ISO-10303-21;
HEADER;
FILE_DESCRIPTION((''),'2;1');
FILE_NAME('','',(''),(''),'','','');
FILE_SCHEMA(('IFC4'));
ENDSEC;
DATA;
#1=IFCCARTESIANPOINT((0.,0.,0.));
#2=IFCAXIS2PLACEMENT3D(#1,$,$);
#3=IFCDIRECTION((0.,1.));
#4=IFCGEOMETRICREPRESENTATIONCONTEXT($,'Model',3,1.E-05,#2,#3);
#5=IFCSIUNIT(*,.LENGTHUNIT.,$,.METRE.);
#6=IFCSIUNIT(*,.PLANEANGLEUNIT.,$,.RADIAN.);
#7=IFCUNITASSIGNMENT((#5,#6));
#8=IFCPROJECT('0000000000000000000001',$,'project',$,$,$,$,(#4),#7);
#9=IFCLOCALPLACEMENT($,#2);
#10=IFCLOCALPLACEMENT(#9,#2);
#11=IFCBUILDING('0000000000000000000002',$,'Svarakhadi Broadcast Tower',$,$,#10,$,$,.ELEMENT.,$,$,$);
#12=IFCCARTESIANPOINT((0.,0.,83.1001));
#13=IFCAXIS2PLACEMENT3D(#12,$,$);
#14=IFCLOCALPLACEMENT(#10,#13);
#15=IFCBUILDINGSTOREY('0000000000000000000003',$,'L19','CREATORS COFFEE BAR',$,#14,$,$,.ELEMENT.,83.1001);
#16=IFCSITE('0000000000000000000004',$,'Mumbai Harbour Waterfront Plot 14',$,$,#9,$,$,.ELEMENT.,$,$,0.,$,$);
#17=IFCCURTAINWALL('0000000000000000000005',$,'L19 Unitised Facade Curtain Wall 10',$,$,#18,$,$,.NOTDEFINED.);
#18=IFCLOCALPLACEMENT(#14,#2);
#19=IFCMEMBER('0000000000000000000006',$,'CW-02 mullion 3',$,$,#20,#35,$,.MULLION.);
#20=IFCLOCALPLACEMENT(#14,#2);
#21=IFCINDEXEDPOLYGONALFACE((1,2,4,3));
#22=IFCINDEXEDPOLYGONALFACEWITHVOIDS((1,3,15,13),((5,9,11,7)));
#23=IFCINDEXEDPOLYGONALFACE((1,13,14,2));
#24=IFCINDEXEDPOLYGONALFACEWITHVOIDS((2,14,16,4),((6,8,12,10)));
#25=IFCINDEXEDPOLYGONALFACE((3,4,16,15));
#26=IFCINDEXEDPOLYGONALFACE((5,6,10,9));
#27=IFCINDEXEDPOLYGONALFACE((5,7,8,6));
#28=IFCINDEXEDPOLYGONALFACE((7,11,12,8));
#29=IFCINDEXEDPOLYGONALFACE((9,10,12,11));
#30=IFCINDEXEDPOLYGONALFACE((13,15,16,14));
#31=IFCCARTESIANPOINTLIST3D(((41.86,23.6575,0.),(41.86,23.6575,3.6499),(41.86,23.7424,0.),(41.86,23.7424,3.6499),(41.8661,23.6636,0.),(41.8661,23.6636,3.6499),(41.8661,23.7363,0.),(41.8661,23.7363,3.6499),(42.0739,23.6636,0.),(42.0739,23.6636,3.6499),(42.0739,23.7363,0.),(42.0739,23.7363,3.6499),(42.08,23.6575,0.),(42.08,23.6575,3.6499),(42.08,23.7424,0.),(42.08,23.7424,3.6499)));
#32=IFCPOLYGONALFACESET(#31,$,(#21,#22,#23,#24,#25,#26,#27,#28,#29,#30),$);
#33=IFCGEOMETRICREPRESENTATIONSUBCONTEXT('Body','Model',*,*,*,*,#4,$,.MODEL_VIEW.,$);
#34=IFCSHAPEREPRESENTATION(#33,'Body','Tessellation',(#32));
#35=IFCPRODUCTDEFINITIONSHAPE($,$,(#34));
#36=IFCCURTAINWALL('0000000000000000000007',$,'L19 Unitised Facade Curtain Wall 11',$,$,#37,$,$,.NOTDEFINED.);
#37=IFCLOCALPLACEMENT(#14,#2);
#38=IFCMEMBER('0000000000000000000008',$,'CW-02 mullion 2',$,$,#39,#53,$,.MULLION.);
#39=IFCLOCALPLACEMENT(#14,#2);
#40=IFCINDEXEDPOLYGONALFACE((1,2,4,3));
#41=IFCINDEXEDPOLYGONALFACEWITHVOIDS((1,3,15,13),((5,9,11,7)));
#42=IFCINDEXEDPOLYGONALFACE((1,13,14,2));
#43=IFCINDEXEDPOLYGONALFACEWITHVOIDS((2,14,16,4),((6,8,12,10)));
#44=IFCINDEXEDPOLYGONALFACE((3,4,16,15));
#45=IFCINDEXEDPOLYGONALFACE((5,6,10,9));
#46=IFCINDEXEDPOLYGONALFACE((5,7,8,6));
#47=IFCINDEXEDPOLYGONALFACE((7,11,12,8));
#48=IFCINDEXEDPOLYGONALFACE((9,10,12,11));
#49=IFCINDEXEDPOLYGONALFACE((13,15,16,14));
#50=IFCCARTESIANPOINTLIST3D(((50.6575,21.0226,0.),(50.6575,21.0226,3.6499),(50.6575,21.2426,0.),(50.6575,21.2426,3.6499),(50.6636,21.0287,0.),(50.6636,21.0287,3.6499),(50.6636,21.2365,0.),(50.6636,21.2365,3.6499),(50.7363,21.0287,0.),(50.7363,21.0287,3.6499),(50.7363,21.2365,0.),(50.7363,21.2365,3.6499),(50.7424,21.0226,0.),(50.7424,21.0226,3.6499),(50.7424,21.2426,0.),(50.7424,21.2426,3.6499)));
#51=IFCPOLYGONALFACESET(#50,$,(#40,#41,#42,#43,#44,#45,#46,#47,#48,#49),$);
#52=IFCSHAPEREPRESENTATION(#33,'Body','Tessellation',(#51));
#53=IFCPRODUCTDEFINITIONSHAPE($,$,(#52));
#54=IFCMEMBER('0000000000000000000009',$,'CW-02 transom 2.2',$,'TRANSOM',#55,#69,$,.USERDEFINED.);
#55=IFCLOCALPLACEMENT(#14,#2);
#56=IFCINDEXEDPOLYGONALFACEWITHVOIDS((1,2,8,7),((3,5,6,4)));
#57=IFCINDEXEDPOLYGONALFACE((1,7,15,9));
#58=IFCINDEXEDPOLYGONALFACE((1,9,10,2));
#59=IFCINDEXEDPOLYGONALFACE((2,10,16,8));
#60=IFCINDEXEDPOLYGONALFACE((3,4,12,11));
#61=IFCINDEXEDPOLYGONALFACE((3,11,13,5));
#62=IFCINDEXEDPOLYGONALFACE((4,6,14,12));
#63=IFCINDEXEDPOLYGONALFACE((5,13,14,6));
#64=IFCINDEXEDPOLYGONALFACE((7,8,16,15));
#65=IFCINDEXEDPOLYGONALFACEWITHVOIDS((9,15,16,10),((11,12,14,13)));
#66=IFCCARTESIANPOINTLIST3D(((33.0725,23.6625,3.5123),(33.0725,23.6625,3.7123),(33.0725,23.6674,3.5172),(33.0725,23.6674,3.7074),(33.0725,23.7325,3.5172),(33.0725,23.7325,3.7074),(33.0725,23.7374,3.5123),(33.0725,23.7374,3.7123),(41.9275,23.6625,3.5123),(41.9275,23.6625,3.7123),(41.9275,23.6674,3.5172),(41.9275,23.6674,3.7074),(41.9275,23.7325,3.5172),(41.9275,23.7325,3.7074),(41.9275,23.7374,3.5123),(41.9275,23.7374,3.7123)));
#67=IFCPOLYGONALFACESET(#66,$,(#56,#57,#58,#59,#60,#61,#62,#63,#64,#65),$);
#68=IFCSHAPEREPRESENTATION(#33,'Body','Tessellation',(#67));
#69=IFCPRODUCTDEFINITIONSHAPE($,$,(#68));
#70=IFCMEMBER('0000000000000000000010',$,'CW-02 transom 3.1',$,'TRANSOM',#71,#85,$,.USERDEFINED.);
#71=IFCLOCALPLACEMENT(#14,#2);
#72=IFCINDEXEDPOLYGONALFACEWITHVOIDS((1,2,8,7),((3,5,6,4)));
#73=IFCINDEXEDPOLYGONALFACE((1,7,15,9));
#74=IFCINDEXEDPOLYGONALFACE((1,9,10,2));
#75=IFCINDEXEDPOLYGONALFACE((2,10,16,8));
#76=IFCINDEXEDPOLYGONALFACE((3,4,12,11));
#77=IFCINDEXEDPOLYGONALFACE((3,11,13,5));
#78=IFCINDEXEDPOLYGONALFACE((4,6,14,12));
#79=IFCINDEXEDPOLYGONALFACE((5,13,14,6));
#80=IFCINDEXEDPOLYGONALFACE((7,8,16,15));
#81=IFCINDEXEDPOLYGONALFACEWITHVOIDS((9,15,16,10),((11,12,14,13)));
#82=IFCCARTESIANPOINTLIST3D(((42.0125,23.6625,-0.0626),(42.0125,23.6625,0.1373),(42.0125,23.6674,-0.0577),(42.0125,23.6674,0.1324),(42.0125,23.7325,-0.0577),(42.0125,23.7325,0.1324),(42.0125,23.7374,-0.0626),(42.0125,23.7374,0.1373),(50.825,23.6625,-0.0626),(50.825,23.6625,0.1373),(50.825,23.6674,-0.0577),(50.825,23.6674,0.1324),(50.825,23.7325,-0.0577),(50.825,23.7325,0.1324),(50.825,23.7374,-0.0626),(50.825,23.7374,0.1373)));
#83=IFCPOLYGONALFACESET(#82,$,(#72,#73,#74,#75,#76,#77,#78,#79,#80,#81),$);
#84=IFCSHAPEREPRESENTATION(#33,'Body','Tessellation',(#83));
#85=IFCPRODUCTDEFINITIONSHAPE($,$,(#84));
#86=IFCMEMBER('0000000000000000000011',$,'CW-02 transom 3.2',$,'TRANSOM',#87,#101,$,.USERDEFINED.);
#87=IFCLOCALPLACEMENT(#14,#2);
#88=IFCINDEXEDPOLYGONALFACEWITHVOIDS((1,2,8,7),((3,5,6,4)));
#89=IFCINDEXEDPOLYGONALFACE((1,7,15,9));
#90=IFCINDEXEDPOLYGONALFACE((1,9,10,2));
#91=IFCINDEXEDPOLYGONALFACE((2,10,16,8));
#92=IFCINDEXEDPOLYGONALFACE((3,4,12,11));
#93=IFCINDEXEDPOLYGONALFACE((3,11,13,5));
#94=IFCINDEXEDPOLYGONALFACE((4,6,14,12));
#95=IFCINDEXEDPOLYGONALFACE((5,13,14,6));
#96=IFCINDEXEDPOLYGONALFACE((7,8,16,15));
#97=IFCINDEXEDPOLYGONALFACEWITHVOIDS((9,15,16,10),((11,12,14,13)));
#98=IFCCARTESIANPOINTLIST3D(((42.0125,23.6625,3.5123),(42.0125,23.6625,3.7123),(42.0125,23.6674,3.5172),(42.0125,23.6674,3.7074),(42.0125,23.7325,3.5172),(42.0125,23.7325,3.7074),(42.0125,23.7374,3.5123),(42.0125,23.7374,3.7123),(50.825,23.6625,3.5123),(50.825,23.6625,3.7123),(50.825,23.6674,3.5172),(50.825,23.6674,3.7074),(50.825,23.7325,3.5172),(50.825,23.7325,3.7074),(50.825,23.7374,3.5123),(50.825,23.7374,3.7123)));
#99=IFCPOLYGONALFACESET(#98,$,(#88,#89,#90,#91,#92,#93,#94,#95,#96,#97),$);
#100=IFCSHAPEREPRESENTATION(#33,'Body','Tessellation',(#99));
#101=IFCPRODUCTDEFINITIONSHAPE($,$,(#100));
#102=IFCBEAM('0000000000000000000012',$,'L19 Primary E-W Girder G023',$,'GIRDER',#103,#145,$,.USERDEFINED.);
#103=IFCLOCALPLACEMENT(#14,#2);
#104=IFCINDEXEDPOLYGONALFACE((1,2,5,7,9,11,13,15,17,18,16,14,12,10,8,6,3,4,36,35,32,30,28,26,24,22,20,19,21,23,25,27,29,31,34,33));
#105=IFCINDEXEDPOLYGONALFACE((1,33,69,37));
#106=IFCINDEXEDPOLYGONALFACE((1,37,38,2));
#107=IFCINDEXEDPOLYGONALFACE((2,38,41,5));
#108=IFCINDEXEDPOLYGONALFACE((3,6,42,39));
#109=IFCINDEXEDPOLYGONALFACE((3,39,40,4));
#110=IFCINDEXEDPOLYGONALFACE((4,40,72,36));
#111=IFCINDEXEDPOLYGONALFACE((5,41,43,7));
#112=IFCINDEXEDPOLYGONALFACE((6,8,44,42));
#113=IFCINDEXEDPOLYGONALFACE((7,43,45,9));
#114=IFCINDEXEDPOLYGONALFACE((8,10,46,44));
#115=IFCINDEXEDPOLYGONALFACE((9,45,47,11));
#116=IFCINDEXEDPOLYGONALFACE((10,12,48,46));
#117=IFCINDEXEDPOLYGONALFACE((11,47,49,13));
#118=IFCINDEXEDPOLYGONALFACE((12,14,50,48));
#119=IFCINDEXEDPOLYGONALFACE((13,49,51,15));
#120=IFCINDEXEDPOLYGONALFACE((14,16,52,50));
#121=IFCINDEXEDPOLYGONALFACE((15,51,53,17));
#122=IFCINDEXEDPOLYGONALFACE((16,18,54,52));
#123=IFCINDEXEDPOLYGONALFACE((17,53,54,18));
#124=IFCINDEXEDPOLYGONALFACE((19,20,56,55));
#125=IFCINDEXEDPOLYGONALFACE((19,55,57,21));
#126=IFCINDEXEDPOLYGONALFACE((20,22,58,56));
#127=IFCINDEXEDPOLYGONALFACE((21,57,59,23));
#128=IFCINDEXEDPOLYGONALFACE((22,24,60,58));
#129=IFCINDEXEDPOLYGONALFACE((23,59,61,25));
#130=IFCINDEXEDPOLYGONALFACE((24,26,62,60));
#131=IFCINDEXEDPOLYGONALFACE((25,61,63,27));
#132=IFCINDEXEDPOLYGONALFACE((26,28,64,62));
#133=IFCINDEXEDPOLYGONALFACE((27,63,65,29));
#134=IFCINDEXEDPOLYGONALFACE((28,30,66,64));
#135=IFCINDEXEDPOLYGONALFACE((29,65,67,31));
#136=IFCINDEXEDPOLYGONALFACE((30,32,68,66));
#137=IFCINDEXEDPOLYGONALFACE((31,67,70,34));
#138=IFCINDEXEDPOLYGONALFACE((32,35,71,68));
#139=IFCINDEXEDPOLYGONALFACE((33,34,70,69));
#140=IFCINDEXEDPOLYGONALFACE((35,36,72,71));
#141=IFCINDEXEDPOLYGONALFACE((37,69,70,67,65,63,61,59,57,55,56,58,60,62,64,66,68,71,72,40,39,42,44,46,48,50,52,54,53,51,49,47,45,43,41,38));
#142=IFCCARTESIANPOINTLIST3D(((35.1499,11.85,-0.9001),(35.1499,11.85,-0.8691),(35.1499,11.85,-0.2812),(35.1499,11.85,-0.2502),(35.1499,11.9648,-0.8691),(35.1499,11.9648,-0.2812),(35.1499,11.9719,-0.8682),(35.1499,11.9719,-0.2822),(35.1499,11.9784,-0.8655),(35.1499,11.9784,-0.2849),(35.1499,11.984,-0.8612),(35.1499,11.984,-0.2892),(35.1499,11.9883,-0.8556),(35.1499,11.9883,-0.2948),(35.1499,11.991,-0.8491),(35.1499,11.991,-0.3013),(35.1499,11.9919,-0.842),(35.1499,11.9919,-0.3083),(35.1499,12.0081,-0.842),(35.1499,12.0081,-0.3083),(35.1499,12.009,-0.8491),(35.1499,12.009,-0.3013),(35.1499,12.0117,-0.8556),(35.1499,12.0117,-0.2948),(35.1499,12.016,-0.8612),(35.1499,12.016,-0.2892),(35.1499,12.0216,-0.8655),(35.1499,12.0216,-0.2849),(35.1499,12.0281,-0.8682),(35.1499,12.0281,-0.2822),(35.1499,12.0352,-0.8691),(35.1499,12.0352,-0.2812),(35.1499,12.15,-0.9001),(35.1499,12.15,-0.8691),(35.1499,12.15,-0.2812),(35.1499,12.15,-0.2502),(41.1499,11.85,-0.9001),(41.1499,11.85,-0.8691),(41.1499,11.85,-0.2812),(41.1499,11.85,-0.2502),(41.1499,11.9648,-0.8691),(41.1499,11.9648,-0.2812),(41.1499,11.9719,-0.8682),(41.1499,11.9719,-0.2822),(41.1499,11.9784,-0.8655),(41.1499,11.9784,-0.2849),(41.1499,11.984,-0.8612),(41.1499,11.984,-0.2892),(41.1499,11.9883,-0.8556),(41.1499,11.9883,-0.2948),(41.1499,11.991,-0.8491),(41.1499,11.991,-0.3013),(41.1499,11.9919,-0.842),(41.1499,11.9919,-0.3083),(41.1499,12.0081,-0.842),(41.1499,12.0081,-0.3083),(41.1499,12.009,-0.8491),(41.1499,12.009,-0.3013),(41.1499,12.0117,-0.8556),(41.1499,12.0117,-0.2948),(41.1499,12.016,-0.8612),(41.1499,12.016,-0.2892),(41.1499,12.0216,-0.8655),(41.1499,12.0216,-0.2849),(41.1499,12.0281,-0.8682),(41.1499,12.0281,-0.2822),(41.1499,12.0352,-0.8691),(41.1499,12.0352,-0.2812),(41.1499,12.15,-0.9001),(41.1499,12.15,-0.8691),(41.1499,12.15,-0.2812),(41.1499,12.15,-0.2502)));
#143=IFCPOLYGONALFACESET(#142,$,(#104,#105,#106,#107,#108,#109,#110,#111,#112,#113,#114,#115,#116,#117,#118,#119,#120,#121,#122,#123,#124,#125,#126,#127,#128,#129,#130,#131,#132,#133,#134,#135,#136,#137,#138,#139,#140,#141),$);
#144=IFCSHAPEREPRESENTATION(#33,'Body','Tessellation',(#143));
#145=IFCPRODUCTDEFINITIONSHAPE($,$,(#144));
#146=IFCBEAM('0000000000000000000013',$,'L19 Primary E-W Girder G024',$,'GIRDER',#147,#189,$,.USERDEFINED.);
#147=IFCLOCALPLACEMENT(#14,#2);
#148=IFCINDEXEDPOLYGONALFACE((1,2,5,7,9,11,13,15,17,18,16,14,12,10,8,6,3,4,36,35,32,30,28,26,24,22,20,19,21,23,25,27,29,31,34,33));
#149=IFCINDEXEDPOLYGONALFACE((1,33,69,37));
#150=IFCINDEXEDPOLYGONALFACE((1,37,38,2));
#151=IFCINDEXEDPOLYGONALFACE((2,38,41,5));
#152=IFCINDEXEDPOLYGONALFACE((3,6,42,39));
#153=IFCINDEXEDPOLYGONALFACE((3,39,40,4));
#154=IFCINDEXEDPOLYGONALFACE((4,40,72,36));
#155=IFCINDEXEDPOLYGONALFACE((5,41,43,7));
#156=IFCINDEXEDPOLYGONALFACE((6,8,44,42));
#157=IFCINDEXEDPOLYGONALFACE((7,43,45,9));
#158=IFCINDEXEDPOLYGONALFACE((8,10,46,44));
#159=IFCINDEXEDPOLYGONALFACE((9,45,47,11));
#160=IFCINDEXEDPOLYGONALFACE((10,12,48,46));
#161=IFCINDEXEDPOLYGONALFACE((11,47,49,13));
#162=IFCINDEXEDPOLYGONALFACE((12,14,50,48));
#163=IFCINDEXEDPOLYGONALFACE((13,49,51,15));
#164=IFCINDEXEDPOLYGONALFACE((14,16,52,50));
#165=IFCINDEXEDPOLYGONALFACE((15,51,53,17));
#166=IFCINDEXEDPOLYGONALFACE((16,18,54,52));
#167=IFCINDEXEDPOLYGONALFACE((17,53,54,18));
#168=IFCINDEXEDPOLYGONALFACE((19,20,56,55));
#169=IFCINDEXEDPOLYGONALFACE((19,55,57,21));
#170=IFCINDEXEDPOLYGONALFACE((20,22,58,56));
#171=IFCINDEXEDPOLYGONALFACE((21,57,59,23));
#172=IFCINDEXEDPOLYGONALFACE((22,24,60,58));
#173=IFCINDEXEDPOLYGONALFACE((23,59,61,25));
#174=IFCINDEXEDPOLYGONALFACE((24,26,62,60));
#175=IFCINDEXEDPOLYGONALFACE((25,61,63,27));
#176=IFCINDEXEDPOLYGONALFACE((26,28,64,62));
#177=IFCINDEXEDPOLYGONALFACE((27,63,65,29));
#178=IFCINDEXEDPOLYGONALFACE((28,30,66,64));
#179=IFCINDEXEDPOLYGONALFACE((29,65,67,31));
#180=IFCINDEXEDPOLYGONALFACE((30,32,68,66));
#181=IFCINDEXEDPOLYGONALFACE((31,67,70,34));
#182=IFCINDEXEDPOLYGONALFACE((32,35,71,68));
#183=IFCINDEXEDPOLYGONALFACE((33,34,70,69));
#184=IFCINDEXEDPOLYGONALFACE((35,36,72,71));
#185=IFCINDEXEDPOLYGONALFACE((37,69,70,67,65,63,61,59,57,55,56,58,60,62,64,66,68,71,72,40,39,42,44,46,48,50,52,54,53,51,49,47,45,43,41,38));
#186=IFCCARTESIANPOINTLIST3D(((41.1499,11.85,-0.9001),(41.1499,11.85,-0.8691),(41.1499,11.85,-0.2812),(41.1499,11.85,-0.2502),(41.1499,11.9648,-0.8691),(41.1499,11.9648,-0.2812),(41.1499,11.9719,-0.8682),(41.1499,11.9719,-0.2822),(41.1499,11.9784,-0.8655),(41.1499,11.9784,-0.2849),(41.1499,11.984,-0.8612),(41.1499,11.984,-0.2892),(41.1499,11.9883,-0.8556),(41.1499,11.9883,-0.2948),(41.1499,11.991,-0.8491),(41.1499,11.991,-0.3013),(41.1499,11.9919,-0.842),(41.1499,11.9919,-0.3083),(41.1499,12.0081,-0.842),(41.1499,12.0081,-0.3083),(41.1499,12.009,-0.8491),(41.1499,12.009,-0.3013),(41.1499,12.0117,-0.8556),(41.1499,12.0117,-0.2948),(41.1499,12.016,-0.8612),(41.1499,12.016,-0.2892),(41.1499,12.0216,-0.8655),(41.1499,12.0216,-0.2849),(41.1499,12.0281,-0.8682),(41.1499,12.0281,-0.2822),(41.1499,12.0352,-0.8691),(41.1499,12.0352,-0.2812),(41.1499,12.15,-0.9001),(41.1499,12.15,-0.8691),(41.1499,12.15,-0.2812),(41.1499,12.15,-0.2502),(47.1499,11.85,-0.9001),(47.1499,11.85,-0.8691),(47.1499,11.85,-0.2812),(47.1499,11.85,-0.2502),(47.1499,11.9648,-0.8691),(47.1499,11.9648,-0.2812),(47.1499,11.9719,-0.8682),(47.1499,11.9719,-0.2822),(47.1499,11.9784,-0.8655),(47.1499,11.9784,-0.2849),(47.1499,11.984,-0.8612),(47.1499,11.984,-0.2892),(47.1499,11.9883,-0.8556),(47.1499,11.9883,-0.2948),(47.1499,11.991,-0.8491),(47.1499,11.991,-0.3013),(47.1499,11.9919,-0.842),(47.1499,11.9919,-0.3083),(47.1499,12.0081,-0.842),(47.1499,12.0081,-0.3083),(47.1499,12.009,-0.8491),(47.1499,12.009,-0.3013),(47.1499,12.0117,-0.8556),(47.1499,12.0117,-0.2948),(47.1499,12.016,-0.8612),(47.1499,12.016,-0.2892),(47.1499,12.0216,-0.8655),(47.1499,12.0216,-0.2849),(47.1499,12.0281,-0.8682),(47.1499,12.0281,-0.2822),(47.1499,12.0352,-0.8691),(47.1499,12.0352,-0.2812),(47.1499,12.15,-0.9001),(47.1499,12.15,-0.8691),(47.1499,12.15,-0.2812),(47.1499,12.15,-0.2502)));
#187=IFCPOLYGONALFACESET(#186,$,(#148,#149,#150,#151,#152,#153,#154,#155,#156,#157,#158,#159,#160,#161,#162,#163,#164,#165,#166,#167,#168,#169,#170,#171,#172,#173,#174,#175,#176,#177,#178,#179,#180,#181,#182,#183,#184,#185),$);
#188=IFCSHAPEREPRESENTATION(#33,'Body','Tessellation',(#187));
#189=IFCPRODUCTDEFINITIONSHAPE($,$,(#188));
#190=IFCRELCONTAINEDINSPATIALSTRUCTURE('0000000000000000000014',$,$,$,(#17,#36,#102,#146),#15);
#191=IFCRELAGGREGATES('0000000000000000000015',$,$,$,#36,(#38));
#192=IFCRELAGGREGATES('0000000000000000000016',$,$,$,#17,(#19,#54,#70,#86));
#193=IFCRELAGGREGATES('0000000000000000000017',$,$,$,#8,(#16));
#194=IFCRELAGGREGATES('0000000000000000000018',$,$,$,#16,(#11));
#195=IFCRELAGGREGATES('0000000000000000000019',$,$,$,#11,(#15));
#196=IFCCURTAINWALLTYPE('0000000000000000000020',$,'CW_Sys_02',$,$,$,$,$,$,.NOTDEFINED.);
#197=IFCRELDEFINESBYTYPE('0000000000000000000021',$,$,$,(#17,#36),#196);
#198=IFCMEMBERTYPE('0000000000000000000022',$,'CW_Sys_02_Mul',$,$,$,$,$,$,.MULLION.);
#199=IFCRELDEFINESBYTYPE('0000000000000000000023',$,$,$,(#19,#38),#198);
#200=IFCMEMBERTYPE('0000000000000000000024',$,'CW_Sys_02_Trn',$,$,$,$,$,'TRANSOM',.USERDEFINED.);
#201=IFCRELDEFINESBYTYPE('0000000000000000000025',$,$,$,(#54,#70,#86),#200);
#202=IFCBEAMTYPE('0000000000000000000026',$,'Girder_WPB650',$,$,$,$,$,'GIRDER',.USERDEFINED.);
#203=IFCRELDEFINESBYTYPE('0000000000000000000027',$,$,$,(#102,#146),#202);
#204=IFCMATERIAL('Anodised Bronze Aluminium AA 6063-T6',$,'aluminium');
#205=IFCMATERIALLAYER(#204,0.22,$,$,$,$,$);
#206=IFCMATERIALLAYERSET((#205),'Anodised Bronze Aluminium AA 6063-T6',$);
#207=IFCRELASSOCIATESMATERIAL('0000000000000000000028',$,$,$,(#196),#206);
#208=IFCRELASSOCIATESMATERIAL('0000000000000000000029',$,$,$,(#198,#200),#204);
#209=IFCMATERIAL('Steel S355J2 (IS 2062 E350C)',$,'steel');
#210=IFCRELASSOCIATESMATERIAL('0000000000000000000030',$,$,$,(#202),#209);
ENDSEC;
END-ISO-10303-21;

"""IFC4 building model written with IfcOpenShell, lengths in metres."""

from ifc_helpers import new_model, si_unit, direction, frame, origin, origin_2d, place, context, subcontext, project, spatial, hollow_rectangle, i_section, extrude, material, layer, layer_set, material_profile, profile_set, type_object, element, aggregate, save


model = new_model("IFC4")

# Units and contexts
model_context = context("Model", 3, precision=1e-05, world=origin(), true_north=direction((0.0, 1.0)))
body_context = subcontext(model_context, "Body", "Model", "MODEL_VIEW")
ifc_project = project(units=[si_unit("LENGTHUNIT", "METRE"), si_unit("PLANEANGLEUNIT", "RADIAN")], contexts=[model_context])

# Site, building, storey
site_placement = place(None, origin())
site = spatial("IfcSite", under=ifc_project, at=site_placement, Name="Mumbai Harbour Waterfront Plot 14", CompositionType="ELEMENT", RefElevation=0.0)
building_placement = place(site_placement, origin())
building = spatial("IfcBuilding", under=site, at=building_placement, Name="Svarakhadi Broadcast Tower", CompositionType="ELEMENT")
storey_placement = place(building_placement, frame((0.0, 0.0, 83.1001)))
storey = spatial("IfcBuildingStorey", under=building, at=storey_placement, Name="L19", Description="CREATORS COFFEE BAR", CompositionType="ELEMENT", Elevation=83.1001)

# Shared definitions
ifc_material_1 = material(Name="Steel S355J2 (IS 2062 E350C)", Category="steel")

# Curtain walls, members
ifc_material_2 = material(Name="Anodised Bronze Aluminium AA 6063-T6", Category="aluminium")
ifc_layer_1 = layer(ifc_material_2, 0.22)
ifc_layer_set_1 = layer_set([ifc_layer_1], Name="Anodised Bronze Aluminium AA 6063-T6")
curtain_wall_type = type_object("IfcCurtainWallType", Name="CW_Sys_02", PredefinedType="NOTDEFINED", material=ifc_layer_set_1)
curtain_wall_1_placement = place(storey_placement, origin())
curtain_wall_1 = element("IfcCurtainWall", 1, at=curtain_wall_1_placement, inside=storey, type_object=curtain_wall_type, Name="L19 Unitised Facade Curtain Wall 10", PredefinedType="NOTDEFINED")
ifc_material_profile_1 = material_profile(ifc_material_2, hollow_rectangle(XDim=0.085, YDim=0.22, WallThickness=0.0061, at=origin_2d()), Name="ALU MULLION 220x85x6")
ifc_profile_set_1 = profile_set([ifc_material_profile_1], Name="Anodised Bronze Aluminium AA 6063-T6")
member_type_1 = type_object("IfcMemberType", Name="CW_Sys_02_Mul", PredefinedType="MULLION", material=ifc_profile_set_1)
member_1_placement = place(storey_placement, frame((41.97, 23.7, 0.0), z_axis=(0.0, 0.0, 1.0), x_axis=(0.0, 1.0, 0.0)))
member_1 = element("IfcMember", 2, at=member_1_placement, type_object=member_type_1, Name="CW-02 mullion 3", PredefinedType="MULLION", context=body_context, shape_type="SweptSolid", body=[
    extrude(hollow_rectangle(XDim=0.085, YDim=0.22, WallThickness=0.0061, at=origin_2d()), origin(), (0.0, 0.0, 1.0), 3.6499),
])
curtain_wall_2_placement = place(storey_placement, origin())
curtain_wall_2 = element("IfcCurtainWall", 3, at=curtain_wall_2_placement, inside=storey, type_object=curtain_wall_type, Name="L19 Unitised Facade Curtain Wall 11", PredefinedType="NOTDEFINED")
member_2_placement = place(storey_placement, frame((50.7, 21.1326, 0.0), z_axis=(0.0, 0.0, 1.0), x_axis=(1.0, 0.0, 0.0)))
member_2 = element("IfcMember", 4, at=member_2_placement, type_object=member_type_1, Name="CW-02 mullion 2", PredefinedType="MULLION", context=body_context, shape_type="SweptSolid", body=[
    extrude(hollow_rectangle(XDim=0.085, YDim=0.22, WallThickness=0.0061, at=origin_2d()), origin(), (0.0, 0.0, 1.0), 3.6499),
])
aggregate(curtain_wall_2, [member_2])

# Members
ifc_material_profile_2 = material_profile(ifc_material_2, hollow_rectangle(XDim=0.075, YDim=0.2, WallThickness=0.0049, at=origin_2d()), Name="ALU TRANSOM 200x75x5")
ifc_profile_set_2 = profile_set([ifc_material_profile_2], Name="Anodised Bronze Aluminium AA 6063-T6")
member_type_2 = type_object("IfcMemberType", Name="CW_Sys_02_Trn", ElementType="TRANSOM", PredefinedType="USERDEFINED", material=ifc_profile_set_2)
member_3_placement = place(storey_placement, frame((33.0725, 23.7, 3.6123), z_axis=(1.0, 0.0, 0.0), x_axis=(0.0, 1.0, 0.0)))
member_3 = element("IfcMember", 5, at=member_3_placement, type_object=member_type_2, Name="CW-02 transom 2.2", ObjectType="TRANSOM", PredefinedType="USERDEFINED", context=body_context, shape_type="SweptSolid", body=[
    extrude(hollow_rectangle(XDim=0.075, YDim=0.2, WallThickness=0.0049, at=origin_2d()), origin(), (0.0, 0.0, 1.0), 8.855),
])
member_4_placement = place(storey_placement, frame((42.0125, 23.7, 0.0374), z_axis=(1.0, 0.0, 0.0), x_axis=(0.0, 1.0, 0.0)))
member_4 = element("IfcMember", 6, at=member_4_placement, type_object=member_type_2, Name="CW-02 transom 3.1", ObjectType="TRANSOM", PredefinedType="USERDEFINED", context=body_context, shape_type="SweptSolid", body=[
    extrude(hollow_rectangle(XDim=0.075, YDim=0.2, WallThickness=0.0049, at=origin_2d()), origin(), (0.0, 0.0, 1.0), 8.8125),
])
member_5_placement = place(storey_placement, frame((42.0125, 23.7, 3.6123), z_axis=(1.0, 0.0, 0.0), x_axis=(0.0, 1.0, 0.0)))
member_5 = element("IfcMember", 7, at=member_5_placement, type_object=member_type_2, Name="CW-02 transom 3.2", ObjectType="TRANSOM", PredefinedType="USERDEFINED", context=body_context, shape_type="SweptSolid", body=[
    extrude(hollow_rectangle(XDim=0.075, YDim=0.2, WallThickness=0.0049, at=origin_2d()), origin(), (0.0, 0.0, 1.0), 8.8125),
])

# Beams
ifc_material_profile_3 = material_profile(ifc_material_1, i_section(OverallWidth=0.3, OverallDepth=0.6499, WebThickness=0.0161, FlangeThickness=0.031, FilletRadius=0.0271, at=origin_2d()), Name="WPB 650x300x225")
ifc_profile_set_3 = profile_set([ifc_material_profile_3], Name="Steel S355J2 (IS 2062 E350C)")
beam_type_1 = type_object("IfcBeamType", Name="Girder_WPB650", ElementType="GIRDER", PredefinedType="USERDEFINED", material=ifc_profile_set_3)
for number, where, z_axis, x_axis, name in (
    (8, (35.1499, 12.0, -0.5752), (1.0, 0.0, 0.0), (0.0, 1.0, 0.0), "L19 Primary E-W Girder G023"),
    (9, (41.1499, 12.0, -0.5752), (1.0, 0.0, 0.0), (0.0, 1.0, 0.0), "L19 Primary E-W Girder G024"),
):
    element("IfcBeam", number, at=place(storey_placement, frame(where, z_axis=z_axis, x_axis=x_axis)), inside=storey, type_object=beam_type_1, Name=name, ObjectType="GIRDER", PredefinedType="USERDEFINED", context=body_context, shape_type="SweptSolid", body=[
        extrude(i_section(OverallWidth=0.3, OverallDepth=0.6499, WebThickness=0.0161, FlangeThickness=0.031, FilletRadius=0.0271, at=origin_2d()), origin(), (0.0, 0.0, 1.0), 6.0),
    ])

aggregate(curtain_wall_1, [member_1, member_3, member_4, member_5])

save(model, "model.ifc")
